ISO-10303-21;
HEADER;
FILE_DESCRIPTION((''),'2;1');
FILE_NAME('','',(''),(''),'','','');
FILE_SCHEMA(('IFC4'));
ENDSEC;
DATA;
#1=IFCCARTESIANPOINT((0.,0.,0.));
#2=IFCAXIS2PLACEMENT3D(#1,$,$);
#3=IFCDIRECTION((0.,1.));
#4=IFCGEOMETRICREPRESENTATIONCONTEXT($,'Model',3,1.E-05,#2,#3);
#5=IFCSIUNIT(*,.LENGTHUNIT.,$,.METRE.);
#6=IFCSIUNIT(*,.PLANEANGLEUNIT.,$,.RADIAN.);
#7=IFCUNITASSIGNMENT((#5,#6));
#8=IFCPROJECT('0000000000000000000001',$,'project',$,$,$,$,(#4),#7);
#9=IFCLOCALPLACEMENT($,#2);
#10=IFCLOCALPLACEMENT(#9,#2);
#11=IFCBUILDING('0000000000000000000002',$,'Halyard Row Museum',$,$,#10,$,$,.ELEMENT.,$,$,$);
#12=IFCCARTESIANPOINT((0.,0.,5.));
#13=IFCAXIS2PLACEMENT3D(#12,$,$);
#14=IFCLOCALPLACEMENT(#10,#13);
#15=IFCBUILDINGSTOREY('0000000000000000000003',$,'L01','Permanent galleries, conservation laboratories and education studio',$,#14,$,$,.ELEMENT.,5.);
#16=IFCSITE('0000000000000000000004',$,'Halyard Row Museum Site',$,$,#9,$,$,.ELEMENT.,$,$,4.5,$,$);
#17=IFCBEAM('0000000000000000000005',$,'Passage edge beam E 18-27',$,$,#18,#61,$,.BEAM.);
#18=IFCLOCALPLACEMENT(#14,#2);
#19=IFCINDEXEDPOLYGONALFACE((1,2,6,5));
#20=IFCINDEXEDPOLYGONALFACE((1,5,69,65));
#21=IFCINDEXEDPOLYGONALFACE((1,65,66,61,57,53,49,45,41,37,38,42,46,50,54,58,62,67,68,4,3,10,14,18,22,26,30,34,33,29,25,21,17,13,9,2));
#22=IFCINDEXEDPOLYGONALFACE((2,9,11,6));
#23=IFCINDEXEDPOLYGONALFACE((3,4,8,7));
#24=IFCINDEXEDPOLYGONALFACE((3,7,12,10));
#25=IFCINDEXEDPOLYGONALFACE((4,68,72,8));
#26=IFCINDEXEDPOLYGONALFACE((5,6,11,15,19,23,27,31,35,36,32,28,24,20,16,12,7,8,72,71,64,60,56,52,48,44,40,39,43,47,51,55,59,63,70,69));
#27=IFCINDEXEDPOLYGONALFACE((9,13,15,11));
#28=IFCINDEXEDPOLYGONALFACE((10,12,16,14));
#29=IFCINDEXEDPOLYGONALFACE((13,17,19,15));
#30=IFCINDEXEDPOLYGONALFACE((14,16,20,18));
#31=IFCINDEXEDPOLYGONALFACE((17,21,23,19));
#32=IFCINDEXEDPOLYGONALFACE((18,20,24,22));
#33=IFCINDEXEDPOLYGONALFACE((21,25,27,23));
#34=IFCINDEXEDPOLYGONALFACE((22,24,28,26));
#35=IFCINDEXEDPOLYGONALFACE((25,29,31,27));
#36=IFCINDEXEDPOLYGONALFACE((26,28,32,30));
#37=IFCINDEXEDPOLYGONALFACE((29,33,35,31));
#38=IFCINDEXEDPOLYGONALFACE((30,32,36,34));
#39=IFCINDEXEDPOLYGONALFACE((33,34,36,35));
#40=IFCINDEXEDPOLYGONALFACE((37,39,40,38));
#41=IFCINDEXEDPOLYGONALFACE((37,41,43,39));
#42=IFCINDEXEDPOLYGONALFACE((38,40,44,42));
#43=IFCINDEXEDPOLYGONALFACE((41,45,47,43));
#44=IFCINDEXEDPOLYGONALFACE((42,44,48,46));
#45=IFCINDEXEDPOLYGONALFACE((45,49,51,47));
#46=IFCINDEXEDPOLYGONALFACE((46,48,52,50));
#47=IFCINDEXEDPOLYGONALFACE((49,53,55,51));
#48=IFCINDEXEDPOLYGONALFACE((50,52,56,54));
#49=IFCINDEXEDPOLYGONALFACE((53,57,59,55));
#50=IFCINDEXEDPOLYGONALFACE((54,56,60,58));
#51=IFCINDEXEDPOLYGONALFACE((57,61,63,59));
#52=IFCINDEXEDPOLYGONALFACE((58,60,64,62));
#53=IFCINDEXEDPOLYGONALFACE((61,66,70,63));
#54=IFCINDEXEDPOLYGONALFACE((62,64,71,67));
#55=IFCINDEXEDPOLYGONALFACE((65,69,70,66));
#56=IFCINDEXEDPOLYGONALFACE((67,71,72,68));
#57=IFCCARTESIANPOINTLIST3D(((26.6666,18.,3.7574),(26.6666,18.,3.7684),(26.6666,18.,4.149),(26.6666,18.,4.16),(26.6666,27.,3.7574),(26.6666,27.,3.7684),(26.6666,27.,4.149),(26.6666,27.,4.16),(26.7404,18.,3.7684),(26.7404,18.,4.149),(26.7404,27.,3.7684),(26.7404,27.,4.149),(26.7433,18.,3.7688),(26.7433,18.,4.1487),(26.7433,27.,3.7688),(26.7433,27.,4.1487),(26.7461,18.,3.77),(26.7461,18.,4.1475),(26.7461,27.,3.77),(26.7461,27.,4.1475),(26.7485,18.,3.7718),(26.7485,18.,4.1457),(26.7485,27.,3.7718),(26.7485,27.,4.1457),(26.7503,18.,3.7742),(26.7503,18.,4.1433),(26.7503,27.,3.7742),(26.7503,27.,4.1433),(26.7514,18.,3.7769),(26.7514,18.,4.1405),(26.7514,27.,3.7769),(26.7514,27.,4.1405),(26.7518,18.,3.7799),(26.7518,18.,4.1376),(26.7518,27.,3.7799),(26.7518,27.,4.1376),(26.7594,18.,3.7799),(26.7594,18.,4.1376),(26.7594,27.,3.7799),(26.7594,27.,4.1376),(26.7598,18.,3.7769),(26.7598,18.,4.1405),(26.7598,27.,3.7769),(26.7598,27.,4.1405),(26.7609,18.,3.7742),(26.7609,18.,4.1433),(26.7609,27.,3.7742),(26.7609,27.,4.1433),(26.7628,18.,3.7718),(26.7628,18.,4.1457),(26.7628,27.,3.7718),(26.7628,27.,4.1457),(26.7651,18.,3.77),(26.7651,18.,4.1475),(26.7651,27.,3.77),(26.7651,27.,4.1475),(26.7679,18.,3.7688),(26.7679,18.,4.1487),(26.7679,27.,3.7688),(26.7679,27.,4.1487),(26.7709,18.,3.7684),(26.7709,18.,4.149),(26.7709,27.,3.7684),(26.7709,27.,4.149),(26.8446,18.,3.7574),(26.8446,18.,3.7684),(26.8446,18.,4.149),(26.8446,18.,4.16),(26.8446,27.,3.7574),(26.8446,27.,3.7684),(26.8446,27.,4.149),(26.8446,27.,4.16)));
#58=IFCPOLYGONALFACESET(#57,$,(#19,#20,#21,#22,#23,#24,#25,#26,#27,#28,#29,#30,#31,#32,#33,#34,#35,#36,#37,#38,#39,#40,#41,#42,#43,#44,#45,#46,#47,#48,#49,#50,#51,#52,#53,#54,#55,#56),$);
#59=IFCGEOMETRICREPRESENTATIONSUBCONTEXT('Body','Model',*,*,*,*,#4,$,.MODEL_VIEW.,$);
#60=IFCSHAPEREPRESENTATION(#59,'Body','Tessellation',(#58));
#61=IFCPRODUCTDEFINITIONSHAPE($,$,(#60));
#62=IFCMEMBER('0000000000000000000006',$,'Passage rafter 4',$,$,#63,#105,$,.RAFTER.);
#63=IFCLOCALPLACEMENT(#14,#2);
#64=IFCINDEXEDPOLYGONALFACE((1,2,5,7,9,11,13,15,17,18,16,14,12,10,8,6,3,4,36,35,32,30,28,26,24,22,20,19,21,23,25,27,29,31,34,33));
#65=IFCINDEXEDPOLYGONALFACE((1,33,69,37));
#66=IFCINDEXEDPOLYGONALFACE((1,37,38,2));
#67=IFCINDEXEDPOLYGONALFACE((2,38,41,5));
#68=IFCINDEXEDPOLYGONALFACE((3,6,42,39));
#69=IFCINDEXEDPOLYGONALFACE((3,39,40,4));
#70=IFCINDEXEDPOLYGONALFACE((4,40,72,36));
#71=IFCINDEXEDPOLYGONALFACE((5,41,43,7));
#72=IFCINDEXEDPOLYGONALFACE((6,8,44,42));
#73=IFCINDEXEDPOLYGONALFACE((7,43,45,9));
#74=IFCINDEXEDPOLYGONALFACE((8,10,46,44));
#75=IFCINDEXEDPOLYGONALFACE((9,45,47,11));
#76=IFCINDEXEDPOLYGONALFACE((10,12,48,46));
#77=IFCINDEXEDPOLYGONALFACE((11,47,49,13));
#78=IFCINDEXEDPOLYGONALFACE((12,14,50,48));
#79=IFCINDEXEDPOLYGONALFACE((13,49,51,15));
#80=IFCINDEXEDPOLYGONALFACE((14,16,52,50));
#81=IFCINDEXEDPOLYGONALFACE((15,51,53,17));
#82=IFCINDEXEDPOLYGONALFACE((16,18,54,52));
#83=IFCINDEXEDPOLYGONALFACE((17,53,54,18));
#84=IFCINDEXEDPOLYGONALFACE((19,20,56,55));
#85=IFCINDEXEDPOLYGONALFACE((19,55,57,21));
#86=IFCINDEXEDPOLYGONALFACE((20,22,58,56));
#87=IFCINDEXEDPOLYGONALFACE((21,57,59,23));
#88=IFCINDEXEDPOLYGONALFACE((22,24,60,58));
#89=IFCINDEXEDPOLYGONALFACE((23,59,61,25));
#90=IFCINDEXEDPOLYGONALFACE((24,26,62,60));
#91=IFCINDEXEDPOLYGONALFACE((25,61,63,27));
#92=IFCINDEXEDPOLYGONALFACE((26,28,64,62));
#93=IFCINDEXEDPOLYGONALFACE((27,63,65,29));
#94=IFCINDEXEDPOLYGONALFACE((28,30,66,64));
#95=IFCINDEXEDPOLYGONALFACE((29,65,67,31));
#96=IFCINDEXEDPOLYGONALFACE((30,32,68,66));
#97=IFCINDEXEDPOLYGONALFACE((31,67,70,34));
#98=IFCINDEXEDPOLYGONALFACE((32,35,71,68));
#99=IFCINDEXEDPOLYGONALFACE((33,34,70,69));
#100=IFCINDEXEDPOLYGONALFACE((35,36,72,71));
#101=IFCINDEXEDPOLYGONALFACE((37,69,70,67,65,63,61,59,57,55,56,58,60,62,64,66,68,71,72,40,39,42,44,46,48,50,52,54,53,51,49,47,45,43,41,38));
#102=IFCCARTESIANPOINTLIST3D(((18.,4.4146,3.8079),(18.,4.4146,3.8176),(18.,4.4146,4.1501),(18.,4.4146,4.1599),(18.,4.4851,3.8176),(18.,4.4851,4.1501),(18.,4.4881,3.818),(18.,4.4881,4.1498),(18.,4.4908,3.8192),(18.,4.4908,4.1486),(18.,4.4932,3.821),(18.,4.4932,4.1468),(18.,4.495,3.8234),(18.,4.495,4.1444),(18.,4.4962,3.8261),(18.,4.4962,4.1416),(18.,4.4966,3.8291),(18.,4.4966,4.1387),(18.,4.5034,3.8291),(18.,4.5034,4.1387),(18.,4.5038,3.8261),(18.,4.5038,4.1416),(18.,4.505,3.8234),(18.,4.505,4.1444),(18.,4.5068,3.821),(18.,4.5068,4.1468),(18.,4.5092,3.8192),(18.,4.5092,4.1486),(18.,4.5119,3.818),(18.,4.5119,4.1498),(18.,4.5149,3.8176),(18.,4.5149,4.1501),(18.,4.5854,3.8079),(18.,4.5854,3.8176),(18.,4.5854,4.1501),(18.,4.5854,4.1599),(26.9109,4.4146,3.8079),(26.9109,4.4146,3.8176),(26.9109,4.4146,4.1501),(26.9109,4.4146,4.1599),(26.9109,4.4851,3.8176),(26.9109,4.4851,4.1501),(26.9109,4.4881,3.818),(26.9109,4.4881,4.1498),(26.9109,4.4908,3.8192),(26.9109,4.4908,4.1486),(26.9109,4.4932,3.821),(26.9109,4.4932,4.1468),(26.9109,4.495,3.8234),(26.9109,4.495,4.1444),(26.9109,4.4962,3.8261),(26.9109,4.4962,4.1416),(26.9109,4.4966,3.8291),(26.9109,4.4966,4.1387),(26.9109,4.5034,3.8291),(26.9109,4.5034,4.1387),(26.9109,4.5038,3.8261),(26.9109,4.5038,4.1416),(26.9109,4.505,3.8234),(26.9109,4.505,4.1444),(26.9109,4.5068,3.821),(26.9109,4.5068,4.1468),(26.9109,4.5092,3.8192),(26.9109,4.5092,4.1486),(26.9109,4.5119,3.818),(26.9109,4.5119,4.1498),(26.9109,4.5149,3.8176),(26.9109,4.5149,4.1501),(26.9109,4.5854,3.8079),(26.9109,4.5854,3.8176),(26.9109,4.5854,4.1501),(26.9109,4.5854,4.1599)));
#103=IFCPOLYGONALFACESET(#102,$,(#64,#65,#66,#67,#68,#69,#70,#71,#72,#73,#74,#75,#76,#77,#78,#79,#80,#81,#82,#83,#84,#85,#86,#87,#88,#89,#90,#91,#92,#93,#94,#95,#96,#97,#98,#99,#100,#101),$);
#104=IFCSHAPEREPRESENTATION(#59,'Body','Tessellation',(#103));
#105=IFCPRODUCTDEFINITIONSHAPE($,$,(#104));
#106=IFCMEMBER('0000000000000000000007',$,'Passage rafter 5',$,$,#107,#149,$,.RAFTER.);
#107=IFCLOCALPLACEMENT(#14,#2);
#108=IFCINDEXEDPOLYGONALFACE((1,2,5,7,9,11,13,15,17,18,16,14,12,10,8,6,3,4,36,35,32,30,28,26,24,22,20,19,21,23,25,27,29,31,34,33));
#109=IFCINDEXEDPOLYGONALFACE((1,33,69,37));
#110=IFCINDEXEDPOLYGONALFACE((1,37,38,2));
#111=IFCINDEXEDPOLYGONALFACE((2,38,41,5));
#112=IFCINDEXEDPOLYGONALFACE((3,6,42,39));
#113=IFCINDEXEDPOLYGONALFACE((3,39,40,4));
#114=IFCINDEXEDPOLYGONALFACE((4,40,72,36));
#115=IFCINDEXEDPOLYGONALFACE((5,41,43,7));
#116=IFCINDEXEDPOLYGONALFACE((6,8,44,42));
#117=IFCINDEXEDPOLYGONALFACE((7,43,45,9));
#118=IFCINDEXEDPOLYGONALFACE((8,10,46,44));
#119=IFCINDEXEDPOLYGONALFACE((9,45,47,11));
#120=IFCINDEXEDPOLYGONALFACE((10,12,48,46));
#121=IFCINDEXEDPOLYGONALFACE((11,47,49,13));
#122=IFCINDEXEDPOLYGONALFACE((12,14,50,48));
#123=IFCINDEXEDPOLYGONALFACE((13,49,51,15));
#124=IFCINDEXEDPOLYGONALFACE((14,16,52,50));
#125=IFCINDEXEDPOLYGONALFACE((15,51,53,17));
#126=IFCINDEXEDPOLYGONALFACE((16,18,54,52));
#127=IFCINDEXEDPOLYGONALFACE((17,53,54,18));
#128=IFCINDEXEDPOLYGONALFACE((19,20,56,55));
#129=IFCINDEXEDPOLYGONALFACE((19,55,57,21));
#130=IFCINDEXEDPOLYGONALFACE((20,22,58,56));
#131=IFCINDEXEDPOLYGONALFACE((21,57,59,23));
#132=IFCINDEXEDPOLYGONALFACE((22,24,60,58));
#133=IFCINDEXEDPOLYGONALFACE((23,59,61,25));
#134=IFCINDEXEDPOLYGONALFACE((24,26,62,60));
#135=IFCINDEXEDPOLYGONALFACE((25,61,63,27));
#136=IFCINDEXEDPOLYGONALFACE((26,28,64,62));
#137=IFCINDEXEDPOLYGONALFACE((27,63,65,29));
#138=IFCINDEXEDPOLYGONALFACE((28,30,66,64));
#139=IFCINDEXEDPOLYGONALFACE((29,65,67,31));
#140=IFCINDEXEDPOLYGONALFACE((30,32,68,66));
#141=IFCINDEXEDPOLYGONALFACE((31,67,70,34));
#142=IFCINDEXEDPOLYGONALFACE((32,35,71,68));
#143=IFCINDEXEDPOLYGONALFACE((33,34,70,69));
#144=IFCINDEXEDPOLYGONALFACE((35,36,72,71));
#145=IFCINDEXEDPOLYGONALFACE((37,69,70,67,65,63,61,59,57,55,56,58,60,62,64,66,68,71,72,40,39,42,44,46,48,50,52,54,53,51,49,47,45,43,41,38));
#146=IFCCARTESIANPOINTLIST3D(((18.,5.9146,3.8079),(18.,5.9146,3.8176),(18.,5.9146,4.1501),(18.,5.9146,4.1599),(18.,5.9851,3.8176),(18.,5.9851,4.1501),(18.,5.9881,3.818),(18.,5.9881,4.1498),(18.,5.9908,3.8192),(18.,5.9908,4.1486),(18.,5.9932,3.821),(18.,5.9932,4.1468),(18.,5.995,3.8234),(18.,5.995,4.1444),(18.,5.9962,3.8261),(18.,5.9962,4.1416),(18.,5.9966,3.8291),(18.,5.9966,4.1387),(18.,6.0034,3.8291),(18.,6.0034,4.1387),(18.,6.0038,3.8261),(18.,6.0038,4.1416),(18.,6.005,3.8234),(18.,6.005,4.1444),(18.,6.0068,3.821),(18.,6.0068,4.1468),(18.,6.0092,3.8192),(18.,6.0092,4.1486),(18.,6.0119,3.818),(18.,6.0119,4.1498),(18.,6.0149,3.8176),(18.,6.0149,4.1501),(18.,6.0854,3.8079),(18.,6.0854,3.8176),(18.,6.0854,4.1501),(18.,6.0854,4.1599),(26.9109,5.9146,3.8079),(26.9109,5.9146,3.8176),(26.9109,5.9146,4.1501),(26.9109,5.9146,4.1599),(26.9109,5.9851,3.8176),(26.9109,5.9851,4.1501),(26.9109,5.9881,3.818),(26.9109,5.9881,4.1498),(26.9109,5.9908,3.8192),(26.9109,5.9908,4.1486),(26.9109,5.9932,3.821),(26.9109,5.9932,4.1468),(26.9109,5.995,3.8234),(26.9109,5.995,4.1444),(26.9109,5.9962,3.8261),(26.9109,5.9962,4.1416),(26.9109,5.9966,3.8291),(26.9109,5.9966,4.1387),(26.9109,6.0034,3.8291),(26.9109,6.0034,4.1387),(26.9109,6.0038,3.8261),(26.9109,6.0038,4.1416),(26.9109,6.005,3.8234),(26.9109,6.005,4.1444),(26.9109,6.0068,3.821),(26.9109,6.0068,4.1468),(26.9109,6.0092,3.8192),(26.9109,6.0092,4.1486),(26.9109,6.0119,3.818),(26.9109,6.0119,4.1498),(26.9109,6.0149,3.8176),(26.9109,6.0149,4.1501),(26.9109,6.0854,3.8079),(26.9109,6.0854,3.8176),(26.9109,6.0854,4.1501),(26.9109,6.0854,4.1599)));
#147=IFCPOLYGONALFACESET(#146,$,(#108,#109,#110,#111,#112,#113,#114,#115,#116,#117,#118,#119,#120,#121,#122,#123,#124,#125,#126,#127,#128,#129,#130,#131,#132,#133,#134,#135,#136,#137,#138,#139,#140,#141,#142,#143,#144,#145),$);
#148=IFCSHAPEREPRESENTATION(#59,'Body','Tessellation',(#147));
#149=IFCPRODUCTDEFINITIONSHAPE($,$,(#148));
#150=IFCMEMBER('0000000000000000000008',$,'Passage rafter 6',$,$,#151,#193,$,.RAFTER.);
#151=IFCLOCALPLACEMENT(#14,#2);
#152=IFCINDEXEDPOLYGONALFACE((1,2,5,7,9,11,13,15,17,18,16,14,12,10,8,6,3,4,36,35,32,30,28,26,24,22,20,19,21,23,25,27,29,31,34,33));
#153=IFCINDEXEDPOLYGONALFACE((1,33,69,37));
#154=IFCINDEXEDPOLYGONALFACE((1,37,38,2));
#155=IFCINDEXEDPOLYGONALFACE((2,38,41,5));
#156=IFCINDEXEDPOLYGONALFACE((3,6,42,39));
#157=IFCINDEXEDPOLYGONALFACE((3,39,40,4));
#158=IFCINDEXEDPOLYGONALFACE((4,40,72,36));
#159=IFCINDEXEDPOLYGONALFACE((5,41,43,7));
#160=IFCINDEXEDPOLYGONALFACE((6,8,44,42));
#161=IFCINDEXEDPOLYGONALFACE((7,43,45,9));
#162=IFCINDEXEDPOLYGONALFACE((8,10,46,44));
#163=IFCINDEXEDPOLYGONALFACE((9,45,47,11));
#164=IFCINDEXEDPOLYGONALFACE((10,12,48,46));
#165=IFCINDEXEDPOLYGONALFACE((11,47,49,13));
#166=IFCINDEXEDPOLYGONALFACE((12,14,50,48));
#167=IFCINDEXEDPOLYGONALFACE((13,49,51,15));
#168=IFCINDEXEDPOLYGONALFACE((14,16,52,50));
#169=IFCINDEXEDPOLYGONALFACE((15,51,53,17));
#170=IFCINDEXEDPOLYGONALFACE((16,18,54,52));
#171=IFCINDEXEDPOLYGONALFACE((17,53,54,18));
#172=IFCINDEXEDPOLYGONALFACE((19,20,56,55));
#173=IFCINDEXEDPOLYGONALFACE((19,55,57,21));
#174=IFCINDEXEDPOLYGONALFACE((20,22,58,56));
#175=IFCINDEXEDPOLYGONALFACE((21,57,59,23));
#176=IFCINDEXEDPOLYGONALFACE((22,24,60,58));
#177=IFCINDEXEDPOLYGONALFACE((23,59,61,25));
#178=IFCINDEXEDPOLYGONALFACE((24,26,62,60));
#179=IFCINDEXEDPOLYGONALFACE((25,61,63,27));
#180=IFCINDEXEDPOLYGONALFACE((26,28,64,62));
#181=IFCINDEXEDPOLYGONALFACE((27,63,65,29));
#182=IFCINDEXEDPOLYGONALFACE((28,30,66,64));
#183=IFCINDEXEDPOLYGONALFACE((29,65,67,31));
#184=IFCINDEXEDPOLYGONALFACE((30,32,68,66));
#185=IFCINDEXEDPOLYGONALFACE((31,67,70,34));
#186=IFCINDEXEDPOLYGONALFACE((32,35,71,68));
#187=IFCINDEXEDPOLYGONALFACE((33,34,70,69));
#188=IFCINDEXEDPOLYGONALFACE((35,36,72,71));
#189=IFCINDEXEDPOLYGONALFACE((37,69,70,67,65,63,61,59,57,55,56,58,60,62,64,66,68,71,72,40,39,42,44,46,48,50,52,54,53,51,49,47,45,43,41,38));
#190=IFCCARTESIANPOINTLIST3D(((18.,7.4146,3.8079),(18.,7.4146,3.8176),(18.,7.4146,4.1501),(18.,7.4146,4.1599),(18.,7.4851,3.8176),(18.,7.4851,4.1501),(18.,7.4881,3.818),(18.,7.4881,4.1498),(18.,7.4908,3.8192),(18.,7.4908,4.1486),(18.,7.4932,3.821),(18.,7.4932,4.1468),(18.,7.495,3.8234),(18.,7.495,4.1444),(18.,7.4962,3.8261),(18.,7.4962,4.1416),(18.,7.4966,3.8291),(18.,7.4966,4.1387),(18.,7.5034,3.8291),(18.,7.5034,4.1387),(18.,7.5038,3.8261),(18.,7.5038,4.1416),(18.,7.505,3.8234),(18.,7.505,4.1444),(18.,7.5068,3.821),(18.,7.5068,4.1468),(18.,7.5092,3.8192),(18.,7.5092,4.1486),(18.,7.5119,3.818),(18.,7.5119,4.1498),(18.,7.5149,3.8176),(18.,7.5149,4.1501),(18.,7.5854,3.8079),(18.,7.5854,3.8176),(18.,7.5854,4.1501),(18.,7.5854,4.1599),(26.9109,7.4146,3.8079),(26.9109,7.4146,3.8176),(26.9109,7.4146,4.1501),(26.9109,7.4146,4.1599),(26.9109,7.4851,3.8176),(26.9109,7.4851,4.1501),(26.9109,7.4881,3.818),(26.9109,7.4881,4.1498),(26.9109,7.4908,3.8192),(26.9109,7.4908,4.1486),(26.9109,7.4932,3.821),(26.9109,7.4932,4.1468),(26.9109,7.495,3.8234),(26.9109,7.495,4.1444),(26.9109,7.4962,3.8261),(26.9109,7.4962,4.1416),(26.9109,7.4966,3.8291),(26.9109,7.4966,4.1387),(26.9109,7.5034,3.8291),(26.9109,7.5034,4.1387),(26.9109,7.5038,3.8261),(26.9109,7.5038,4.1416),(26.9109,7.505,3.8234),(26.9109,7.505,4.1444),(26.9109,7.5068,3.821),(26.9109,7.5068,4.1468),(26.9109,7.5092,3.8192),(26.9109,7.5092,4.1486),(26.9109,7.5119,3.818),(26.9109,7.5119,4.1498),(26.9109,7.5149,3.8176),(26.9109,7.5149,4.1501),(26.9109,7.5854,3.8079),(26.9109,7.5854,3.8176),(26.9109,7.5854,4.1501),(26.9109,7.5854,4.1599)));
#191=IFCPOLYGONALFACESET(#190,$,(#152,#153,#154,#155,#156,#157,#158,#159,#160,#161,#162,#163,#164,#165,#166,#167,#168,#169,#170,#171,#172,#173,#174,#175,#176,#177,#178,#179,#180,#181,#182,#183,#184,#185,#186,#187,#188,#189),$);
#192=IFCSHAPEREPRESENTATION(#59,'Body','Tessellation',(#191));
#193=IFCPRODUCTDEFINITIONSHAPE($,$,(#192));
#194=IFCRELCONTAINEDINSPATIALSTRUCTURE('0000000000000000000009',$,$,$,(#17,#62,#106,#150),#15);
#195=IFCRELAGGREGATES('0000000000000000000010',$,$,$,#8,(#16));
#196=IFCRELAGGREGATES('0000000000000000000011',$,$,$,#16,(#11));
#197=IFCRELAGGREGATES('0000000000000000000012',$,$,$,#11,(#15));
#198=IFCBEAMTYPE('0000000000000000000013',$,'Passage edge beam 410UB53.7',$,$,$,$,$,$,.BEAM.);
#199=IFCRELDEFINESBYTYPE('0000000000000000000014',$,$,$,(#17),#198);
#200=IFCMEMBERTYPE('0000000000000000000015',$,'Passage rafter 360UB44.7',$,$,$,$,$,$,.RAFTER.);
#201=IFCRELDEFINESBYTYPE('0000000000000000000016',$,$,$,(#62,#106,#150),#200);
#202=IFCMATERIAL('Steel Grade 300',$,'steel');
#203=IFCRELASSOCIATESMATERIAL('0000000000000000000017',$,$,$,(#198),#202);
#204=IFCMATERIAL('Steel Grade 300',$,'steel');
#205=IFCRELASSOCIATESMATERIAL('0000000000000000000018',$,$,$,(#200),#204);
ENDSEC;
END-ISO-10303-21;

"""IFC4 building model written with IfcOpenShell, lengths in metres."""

from ifc_helpers import new_model, si_unit, direction, frame, origin, origin_2d, place, context, subcontext, project, spatial, i_section, extrude, material, material_profile, profile_set, type_object, element, save


model = new_model("IFC4")

# Units and contexts
model_context = context("Model", 3, precision=1e-05, world=origin(), true_north=direction((0.0, 1.0)))
body_context = subcontext(model_context, "Body", "Model", "MODEL_VIEW")
ifc_project = project(units=[si_unit("LENGTHUNIT", "METRE"), si_unit("PLANEANGLEUNIT", "RADIAN")], contexts=[model_context])

# Site, building, storey
site_placement = place(None, origin())
site = spatial("IfcSite", under=ifc_project, at=site_placement, Name="Halyard Row Museum Site", CompositionType="ELEMENT", RefElevation=4.5)
building_placement = place(site_placement, origin())
building = spatial("IfcBuilding", under=site, at=building_placement, Name="Halyard Row Museum", CompositionType="ELEMENT")
storey_placement = place(building_placement, frame((0.0, 0.0, 5.0)))
storey = spatial("IfcBuildingStorey", under=building, at=storey_placement, Name="L01", Description="Permanent galleries, conservation laboratories and education studio", CompositionType="ELEMENT", Elevation=5.0)

# Beam
ifc_material_1 = material(Name="Steel Grade 300", Category="steel")
ifc_material_profile_1 = material_profile(ifc_material_1, i_section(OverallWidth=0.178, OverallDepth=0.4026, WebThickness=0.0076, FlangeThickness=0.011, FilletRadius=0.0115, at=origin_2d()), Name="410UB53.7")
ifc_profile_set_1 = profile_set([ifc_material_profile_1], Name="Steel Grade 300")
beam_type_1 = type_object("IfcBeamType", Name="Passage edge beam 410UB53.7", PredefinedType="BEAM", material=ifc_profile_set_1)
for number, where, z_axis, x_axis, name in (
    (1, (26.7556, 18.0, 3.9587), (0.0, 1.0, 0.0), (-1.0, 0.0, 0.0), "Passage edge beam E 18-27"),
):
    element("IfcBeam", number, at=place(storey_placement, frame(where, z_axis=z_axis, x_axis=x_axis)), inside=storey, type_object=beam_type_1, Name=name, PredefinedType="BEAM", context=body_context, shape_type="SweptSolid", body=[
        extrude(i_section(OverallWidth=0.178, OverallDepth=0.4026, WebThickness=0.0076, FlangeThickness=0.011, FilletRadius=0.0115, at=origin_2d()), origin(), (0.0, 0.0, 1.0), 9.0),
    ])

# Members
ifc_material_2 = material(Name="Steel Grade 300", Category="steel")
ifc_material_profile_2 = material_profile(ifc_material_2, i_section(OverallWidth=0.1709, OverallDepth=0.3521, WebThickness=0.0068, FlangeThickness=0.0098, FilletRadius=0.0115, at=origin_2d()), Name="360UB44.7")
ifc_profile_set_2 = profile_set([ifc_material_profile_2], Name="Steel Grade 300")
member_type_1 = type_object("IfcMemberType", Name="Passage rafter 360UB44.7", PredefinedType="RAFTER", material=ifc_profile_set_2)
for number, where, z_axis, x_axis, name in (
    (2, (18.0, 4.5, 3.9839), (1.0, 0.0, 0.0), (0.0, 1.0, 0.0), "Passage rafter 4"),
    (3, (18.0, 6.0, 3.9839), (1.0, 0.0, 0.0), (0.0, 1.0, 0.0), "Passage rafter 5"),
    (4, (18.0, 7.5, 3.9839), (1.0, 0.0, 0.0), (0.0, 1.0, 0.0), "Passage rafter 6"),
):
    element("IfcMember", number, at=place(storey_placement, frame(where, z_axis=z_axis, x_axis=x_axis)), inside=storey, type_object=member_type_1, Name=name, PredefinedType="RAFTER", context=body_context, shape_type="SweptSolid", body=[
        extrude(i_section(OverallWidth=0.1709, OverallDepth=0.3521, WebThickness=0.0068, FlangeThickness=0.0098, FilletRadius=0.0115, at=origin_2d()), origin(), (0.0, 0.0, 1.0), 8.9109),
    ])

save(model, "model.ifc")
